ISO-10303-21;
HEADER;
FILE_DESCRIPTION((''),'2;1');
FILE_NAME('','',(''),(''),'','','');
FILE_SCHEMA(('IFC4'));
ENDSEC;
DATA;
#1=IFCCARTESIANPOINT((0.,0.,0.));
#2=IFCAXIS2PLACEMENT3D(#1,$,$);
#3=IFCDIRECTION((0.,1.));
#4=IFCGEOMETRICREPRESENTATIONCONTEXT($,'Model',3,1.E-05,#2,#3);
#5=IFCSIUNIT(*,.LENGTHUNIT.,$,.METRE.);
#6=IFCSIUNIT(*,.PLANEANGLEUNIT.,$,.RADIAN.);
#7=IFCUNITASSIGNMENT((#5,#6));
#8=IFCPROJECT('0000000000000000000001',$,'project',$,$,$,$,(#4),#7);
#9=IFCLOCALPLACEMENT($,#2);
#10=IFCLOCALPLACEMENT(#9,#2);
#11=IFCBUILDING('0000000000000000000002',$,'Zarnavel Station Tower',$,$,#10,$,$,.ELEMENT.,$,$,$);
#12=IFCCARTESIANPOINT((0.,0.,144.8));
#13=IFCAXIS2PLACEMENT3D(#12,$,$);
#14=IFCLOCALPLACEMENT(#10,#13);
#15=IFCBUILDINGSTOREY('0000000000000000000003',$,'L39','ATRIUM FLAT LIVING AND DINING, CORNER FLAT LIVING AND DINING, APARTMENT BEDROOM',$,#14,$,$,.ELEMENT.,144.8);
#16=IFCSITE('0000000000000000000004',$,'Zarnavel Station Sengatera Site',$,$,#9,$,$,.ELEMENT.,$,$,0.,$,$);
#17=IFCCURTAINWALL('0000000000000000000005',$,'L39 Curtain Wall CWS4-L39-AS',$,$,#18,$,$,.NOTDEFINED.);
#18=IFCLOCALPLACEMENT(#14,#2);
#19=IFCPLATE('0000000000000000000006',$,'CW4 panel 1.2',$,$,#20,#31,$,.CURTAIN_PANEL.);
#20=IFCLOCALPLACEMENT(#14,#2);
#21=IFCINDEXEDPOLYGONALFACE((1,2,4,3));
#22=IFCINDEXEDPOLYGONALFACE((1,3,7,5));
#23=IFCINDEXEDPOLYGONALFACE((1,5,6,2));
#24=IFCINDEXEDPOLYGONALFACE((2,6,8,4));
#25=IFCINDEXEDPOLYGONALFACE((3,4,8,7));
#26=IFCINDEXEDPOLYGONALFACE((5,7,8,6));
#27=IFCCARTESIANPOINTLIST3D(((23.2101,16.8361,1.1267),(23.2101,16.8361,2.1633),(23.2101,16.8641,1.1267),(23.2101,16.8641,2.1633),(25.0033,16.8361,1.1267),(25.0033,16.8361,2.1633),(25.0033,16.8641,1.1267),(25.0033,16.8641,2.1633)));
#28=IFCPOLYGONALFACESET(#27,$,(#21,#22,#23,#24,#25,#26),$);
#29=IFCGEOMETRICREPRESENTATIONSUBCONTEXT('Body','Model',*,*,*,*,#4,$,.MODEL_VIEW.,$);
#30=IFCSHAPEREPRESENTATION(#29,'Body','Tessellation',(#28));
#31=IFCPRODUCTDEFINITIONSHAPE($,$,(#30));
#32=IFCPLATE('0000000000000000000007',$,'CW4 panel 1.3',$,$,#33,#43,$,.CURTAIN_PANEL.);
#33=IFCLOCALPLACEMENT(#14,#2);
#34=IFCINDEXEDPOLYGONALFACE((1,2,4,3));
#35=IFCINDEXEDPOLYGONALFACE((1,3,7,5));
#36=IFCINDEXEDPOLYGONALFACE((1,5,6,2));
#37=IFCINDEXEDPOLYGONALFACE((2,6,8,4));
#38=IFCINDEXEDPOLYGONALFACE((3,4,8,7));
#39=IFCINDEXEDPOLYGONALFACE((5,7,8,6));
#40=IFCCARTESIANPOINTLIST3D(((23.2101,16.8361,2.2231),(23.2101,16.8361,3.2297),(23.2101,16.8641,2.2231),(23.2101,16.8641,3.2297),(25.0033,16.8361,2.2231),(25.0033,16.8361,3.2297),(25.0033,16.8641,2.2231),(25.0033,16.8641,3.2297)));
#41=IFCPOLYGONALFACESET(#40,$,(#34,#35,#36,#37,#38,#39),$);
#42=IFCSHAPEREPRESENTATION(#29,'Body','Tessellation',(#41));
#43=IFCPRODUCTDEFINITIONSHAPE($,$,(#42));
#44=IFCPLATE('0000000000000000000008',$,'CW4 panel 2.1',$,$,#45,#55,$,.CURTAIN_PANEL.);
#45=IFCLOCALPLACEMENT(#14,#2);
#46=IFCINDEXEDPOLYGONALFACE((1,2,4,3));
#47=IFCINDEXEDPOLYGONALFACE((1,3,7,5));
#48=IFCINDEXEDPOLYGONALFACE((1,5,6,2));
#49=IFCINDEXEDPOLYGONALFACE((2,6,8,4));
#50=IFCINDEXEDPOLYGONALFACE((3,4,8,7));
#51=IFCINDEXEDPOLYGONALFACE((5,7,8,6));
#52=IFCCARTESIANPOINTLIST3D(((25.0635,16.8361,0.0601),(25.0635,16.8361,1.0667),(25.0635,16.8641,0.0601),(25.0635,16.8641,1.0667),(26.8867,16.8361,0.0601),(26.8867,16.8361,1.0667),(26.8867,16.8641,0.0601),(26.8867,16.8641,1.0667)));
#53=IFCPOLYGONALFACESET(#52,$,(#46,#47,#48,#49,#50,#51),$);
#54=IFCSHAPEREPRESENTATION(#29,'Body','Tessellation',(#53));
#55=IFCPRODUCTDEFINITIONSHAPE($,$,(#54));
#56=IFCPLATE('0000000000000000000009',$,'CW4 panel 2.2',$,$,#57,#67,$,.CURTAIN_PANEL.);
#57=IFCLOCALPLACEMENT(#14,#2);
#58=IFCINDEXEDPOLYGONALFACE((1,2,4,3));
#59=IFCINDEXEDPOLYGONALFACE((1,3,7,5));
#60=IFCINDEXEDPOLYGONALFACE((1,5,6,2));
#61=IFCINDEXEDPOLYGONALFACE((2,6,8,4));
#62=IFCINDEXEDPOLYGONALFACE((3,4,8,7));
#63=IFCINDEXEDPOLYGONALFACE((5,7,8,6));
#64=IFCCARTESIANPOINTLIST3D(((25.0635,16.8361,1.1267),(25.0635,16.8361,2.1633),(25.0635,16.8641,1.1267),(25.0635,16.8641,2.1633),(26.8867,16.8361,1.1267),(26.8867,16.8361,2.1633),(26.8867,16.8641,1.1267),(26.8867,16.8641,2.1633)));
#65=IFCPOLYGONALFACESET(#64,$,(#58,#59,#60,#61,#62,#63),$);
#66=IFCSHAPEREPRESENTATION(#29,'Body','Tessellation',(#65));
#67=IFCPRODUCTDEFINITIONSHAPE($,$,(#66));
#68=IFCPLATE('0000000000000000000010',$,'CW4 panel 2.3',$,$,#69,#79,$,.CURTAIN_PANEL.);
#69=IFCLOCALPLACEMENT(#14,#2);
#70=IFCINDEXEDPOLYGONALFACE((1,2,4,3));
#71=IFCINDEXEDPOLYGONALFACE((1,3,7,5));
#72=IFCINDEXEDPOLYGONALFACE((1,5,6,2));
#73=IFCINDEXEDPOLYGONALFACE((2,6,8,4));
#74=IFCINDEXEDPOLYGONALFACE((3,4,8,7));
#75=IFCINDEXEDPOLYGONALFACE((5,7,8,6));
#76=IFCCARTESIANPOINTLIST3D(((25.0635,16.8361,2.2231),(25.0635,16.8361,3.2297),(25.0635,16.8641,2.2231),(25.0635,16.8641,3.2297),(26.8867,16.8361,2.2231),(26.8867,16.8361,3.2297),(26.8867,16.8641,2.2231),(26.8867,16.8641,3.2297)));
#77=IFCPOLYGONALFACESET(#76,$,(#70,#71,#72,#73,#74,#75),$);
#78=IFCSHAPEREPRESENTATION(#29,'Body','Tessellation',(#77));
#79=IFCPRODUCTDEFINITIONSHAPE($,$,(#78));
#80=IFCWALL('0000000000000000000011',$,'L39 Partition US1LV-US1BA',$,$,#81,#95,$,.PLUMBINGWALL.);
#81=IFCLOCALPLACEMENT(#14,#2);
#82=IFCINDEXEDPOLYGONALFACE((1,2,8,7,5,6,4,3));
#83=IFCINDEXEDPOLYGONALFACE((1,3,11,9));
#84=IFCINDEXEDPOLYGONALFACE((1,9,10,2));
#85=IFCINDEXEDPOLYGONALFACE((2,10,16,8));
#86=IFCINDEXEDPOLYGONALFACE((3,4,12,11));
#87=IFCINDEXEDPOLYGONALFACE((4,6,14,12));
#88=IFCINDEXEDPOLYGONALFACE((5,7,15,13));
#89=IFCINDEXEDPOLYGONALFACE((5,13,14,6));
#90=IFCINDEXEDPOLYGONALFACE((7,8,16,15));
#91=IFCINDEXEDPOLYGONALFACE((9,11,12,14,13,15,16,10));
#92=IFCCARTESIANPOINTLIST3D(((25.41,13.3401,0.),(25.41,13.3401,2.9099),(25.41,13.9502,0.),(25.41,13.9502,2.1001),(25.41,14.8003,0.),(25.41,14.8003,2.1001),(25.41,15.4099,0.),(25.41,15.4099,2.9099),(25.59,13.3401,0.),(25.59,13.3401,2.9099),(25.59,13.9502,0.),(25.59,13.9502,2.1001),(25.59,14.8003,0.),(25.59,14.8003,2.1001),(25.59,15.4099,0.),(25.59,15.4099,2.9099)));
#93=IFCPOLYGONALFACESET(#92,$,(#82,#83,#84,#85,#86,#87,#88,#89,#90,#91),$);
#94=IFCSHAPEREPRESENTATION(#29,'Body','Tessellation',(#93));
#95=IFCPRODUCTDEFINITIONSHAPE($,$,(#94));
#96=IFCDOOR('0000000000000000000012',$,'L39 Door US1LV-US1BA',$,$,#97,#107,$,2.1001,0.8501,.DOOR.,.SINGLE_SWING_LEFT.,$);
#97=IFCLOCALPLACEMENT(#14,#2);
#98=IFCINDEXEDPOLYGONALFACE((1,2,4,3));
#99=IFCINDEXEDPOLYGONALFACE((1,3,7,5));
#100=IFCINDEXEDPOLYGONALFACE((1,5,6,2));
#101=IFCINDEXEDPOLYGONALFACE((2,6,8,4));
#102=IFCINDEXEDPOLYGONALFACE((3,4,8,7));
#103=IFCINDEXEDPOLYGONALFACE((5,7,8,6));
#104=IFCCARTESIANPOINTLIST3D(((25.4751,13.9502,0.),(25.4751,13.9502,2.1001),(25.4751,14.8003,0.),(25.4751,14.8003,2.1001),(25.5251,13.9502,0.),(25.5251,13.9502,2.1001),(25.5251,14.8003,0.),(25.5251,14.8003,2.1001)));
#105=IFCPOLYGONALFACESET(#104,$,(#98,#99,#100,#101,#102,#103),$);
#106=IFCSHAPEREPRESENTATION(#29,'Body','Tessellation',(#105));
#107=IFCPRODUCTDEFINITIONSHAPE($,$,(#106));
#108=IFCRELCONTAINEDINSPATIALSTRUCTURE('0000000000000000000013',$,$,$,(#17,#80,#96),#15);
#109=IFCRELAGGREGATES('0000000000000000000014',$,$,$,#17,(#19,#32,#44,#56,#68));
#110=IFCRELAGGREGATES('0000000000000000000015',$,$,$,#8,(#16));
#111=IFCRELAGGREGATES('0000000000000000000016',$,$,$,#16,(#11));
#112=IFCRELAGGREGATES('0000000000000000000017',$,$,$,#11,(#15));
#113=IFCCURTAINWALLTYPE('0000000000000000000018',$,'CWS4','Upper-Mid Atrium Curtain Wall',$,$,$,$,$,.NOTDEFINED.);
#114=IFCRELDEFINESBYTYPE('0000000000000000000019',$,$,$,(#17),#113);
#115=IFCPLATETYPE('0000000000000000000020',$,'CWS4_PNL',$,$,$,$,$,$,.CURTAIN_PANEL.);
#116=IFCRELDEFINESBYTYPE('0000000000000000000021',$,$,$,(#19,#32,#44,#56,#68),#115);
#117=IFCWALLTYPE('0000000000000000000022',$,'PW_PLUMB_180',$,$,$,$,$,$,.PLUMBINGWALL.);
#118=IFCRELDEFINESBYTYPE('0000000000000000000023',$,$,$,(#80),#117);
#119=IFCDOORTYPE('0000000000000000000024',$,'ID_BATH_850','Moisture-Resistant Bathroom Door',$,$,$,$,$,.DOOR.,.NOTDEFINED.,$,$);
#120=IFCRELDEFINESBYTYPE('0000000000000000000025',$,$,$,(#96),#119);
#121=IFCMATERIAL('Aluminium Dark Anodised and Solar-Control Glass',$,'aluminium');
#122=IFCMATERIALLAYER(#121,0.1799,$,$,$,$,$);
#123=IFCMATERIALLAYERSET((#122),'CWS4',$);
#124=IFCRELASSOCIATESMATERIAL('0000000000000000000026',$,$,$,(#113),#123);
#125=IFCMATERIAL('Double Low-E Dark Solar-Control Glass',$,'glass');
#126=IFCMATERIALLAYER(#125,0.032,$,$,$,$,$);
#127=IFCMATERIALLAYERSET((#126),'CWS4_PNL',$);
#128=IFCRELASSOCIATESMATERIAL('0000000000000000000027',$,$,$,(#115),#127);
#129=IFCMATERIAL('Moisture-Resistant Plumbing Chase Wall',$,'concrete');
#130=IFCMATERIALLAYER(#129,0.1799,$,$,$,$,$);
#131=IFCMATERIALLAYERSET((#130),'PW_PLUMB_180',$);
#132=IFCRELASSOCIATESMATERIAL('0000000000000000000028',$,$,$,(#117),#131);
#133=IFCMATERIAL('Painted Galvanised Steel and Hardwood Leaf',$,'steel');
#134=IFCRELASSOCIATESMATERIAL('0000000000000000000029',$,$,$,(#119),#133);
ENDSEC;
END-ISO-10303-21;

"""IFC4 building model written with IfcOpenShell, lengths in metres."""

from ifc_helpers import new_model, si_unit, direction, frame, frame_2d, origin, origin_2d, place, context, subcontext, project, spatial, rectangle, extrude, material, layer, layer_set, type_object, element, fill, aggregate, save


model = new_model("IFC4")

# Units and contexts
model_context = context("Model", 3, precision=1e-05, world=origin(), true_north=direction((0.0, 1.0)))
body_context = subcontext(model_context, "Body", "Model", "MODEL_VIEW")
ifc_project = project(units=[si_unit("LENGTHUNIT", "METRE"), si_unit("PLANEANGLEUNIT", "RADIAN")], contexts=[model_context])

# Site, building, storey
site_placement = place(None, origin())
site = spatial("IfcSite", under=ifc_project, at=site_placement, Name="Zarnavel Station Sengatera Site", CompositionType="ELEMENT", RefElevation=0.0)
building_placement = place(site_placement, origin())
building = spatial("IfcBuilding", under=site, at=building_placement, Name="Zarnavel Station Tower", CompositionType="ELEMENT")
storey_placement = place(building_placement, frame((0.0, 0.0, 144.8)))
storey = spatial("IfcBuildingStorey", under=building, at=storey_placement, Name="L39", Description="ATRIUM FLAT LIVING AND DINING, CORNER FLAT LIVING AND DINING, APARTMENT BEDROOM", CompositionType="ELEMENT", Elevation=144.8)

# Curtain wall, plates
ifc_material_1 = material(Name="Aluminium Dark Anodised and Solar-Control Glass", Category="aluminium")
ifc_layer_1 = layer(ifc_material_1, 0.1799)
ifc_layer_set_1 = layer_set([ifc_layer_1], Name="CWS4")
curtain_wall_type = type_object("IfcCurtainWallType", Name="CWS4", Description="Upper-Mid Atrium Curtain Wall", PredefinedType="NOTDEFINED", material=ifc_layer_set_1)
curtain_wall_placement = place(storey_placement, origin())
curtain_wall = element("IfcCurtainWall", 1, at=curtain_wall_placement, inside=storey, type_object=curtain_wall_type, Name="L39 Curtain Wall CWS4-L39-AS", PredefinedType="NOTDEFINED")
ifc_material_2 = material(Name="Double Low-E Dark Solar-Control Glass", Category="glass")
ifc_layer_2 = layer(ifc_material_2, 0.032)
ifc_layer_set_2 = layer_set([ifc_layer_2], Name="CWS4_PNL")
plate_type = type_object("IfcPlateType", Name="CWS4_PNL", PredefinedType="CURTAIN_PANEL", material=ifc_layer_set_2)
plate_1_placement = place(storey_placement, frame((24.1067, 16.8501, 1.1267), z_axis=(0.0, 0.0, 1.0), x_axis=(1.0, 0.0, 0.0)))
plate_1 = element("IfcPlate", 2, at=plate_1_placement, type_object=plate_type, Name="CW4 panel 1.2", PredefinedType="CURTAIN_PANEL", context=body_context, shape_type="SweptSolid", body=[
    extrude(rectangle(XDim=1.7932, YDim=0.0281, at=origin_2d()), origin(), (0.0, 0.0, 1.0), 1.0366),
])
plate_2_placement = place(storey_placement, frame((24.1067, 16.8501, 2.2231), z_axis=(0.0, 0.0, 1.0), x_axis=(1.0, 0.0, 0.0)))
plate_2 = element("IfcPlate", 3, at=plate_2_placement, type_object=plate_type, Name="CW4 panel 1.3", PredefinedType="CURTAIN_PANEL", context=body_context, shape_type="SweptSolid", body=[
    extrude(rectangle(XDim=1.7932, YDim=0.0281, at=origin_2d()), origin(), (0.0, 0.0, 1.0), 1.0066),
])
plate_3_placement = place(storey_placement, frame((25.9751, 16.8501, 0.0601), z_axis=(0.0, 0.0, 1.0), x_axis=(1.0, 0.0, 0.0)))
plate_3 = element("IfcPlate", 4, at=plate_3_placement, type_object=plate_type, Name="CW4 panel 2.1", PredefinedType="CURTAIN_PANEL", context=body_context, shape_type="SweptSolid", body=[
    extrude(rectangle(XDim=1.8232, YDim=0.0281, at=origin_2d()), origin(), (0.0, 0.0, 1.0), 1.0066),
])
plate_4_placement = place(storey_placement, frame((25.9751, 16.8501, 1.1267), z_axis=(0.0, 0.0, 1.0), x_axis=(1.0, 0.0, 0.0)))
plate_4 = element("IfcPlate", 5, at=plate_4_placement, type_object=plate_type, Name="CW4 panel 2.2", PredefinedType="CURTAIN_PANEL", context=body_context, shape_type="SweptSolid", body=[
    extrude(rectangle(XDim=1.8232, YDim=0.0281, at=origin_2d()), origin(), (0.0, 0.0, 1.0), 1.0366),
])
plate_5_placement = place(storey_placement, frame((25.9751, 16.8501, 2.2231), z_axis=(0.0, 0.0, 1.0), x_axis=(1.0, 0.0, 0.0)))
plate_5 = element("IfcPlate", 6, at=plate_5_placement, type_object=plate_type, Name="CW4 panel 2.3", PredefinedType="CURTAIN_PANEL", context=body_context, shape_type="SweptSolid", body=[
    extrude(rectangle(XDim=1.8232, YDim=0.0281, at=origin_2d()), origin(), (0.0, 0.0, 1.0), 1.0066),
])
aggregate(curtain_wall, [plate_1, plate_2, plate_3, plate_4, plate_5])

# Wall, opening, door
ifc_material_3 = material(Name="Moisture-Resistant Plumbing Chase Wall", Category="concrete")
ifc_layer_3 = layer(ifc_material_3, 0.1799)
ifc_layer_set_3 = layer_set([ifc_layer_3], Name="PW_PLUMB_180")
wall_type_1 = type_object("IfcWallType", Name="PW_PLUMB_180", PredefinedType="PLUMBINGWALL", material=ifc_layer_set_3)
wall_1_placement = place(storey_placement, frame((25.5, 13.3401, 0.0), z_axis=(0.0, 0.0, 1.0), x_axis=(0.0, 1.0, 0.0)))
wall_1 = element("IfcWall", 7, at=wall_1_placement, inside=storey, type_object=wall_type_1, Name="L39 Partition US1LV-US1BA", PredefinedType="PLUMBINGWALL", context=body_context, shape_type="SweptSolid", body=[
    extrude(rectangle(XDim=2.0698, YDim=0.1799, at=frame_2d((1.0349, 0.0))), origin(), (0.0, 0.0, 1.0), 2.9099),
])
opening_1_placement = place(wall_1_placement, frame((0.6101, 0.0, 0.0)))
opening_1 = element("IfcOpeningElement", 8, at=opening_1_placement, cuts=wall_1, PredefinedType="OPENING", context=body_context, shape_type="SweptSolid", body=[
    extrude(rectangle(XDim=0.8501, YDim=2.1001, at=frame_2d((0.425, 1.05))), frame((0.0, 0.0999, 0.0), z_axis=(0.0, -1.0, 0.0), x_axis=(1.0, 0.0, 0.0)), (0.0, 0.0, 1.0), 0.2),
])
ifc_material_4 = material(Name="Painted Galvanised Steel and Hardwood Leaf", Category="steel")
door_type_1 = type_object("IfcDoorType", Name="ID_BATH_850", Description="Moisture-Resistant Bathroom Door", OperationType="NOTDEFINED", PredefinedType="DOOR", material=ifc_material_4)
door_1_placement = place(opening_1_placement, origin())
door_1 = element("IfcDoor", 9, at=door_1_placement, inside=storey, type_object=door_type_1, Name="L39 Door US1LV-US1BA", OperationType="SINGLE_SWING_LEFT", OverallHeight=2.1001, OverallWidth=0.8501, PredefinedType="DOOR", context=body_context, shape_type="SweptSolid", body=[
    extrude(rectangle(XDim=0.8501, YDim=2.1001, at=frame_2d((0.425, 1.05))), frame((0.0, 0.0249, 0.0), z_axis=(0.0, -1.0, 0.0), x_axis=(1.0, 0.0, 0.0)), (0.0, 0.0, 1.0), 0.05),
])
fill(opening_1, door_1)

save(model, "model.ifc")
